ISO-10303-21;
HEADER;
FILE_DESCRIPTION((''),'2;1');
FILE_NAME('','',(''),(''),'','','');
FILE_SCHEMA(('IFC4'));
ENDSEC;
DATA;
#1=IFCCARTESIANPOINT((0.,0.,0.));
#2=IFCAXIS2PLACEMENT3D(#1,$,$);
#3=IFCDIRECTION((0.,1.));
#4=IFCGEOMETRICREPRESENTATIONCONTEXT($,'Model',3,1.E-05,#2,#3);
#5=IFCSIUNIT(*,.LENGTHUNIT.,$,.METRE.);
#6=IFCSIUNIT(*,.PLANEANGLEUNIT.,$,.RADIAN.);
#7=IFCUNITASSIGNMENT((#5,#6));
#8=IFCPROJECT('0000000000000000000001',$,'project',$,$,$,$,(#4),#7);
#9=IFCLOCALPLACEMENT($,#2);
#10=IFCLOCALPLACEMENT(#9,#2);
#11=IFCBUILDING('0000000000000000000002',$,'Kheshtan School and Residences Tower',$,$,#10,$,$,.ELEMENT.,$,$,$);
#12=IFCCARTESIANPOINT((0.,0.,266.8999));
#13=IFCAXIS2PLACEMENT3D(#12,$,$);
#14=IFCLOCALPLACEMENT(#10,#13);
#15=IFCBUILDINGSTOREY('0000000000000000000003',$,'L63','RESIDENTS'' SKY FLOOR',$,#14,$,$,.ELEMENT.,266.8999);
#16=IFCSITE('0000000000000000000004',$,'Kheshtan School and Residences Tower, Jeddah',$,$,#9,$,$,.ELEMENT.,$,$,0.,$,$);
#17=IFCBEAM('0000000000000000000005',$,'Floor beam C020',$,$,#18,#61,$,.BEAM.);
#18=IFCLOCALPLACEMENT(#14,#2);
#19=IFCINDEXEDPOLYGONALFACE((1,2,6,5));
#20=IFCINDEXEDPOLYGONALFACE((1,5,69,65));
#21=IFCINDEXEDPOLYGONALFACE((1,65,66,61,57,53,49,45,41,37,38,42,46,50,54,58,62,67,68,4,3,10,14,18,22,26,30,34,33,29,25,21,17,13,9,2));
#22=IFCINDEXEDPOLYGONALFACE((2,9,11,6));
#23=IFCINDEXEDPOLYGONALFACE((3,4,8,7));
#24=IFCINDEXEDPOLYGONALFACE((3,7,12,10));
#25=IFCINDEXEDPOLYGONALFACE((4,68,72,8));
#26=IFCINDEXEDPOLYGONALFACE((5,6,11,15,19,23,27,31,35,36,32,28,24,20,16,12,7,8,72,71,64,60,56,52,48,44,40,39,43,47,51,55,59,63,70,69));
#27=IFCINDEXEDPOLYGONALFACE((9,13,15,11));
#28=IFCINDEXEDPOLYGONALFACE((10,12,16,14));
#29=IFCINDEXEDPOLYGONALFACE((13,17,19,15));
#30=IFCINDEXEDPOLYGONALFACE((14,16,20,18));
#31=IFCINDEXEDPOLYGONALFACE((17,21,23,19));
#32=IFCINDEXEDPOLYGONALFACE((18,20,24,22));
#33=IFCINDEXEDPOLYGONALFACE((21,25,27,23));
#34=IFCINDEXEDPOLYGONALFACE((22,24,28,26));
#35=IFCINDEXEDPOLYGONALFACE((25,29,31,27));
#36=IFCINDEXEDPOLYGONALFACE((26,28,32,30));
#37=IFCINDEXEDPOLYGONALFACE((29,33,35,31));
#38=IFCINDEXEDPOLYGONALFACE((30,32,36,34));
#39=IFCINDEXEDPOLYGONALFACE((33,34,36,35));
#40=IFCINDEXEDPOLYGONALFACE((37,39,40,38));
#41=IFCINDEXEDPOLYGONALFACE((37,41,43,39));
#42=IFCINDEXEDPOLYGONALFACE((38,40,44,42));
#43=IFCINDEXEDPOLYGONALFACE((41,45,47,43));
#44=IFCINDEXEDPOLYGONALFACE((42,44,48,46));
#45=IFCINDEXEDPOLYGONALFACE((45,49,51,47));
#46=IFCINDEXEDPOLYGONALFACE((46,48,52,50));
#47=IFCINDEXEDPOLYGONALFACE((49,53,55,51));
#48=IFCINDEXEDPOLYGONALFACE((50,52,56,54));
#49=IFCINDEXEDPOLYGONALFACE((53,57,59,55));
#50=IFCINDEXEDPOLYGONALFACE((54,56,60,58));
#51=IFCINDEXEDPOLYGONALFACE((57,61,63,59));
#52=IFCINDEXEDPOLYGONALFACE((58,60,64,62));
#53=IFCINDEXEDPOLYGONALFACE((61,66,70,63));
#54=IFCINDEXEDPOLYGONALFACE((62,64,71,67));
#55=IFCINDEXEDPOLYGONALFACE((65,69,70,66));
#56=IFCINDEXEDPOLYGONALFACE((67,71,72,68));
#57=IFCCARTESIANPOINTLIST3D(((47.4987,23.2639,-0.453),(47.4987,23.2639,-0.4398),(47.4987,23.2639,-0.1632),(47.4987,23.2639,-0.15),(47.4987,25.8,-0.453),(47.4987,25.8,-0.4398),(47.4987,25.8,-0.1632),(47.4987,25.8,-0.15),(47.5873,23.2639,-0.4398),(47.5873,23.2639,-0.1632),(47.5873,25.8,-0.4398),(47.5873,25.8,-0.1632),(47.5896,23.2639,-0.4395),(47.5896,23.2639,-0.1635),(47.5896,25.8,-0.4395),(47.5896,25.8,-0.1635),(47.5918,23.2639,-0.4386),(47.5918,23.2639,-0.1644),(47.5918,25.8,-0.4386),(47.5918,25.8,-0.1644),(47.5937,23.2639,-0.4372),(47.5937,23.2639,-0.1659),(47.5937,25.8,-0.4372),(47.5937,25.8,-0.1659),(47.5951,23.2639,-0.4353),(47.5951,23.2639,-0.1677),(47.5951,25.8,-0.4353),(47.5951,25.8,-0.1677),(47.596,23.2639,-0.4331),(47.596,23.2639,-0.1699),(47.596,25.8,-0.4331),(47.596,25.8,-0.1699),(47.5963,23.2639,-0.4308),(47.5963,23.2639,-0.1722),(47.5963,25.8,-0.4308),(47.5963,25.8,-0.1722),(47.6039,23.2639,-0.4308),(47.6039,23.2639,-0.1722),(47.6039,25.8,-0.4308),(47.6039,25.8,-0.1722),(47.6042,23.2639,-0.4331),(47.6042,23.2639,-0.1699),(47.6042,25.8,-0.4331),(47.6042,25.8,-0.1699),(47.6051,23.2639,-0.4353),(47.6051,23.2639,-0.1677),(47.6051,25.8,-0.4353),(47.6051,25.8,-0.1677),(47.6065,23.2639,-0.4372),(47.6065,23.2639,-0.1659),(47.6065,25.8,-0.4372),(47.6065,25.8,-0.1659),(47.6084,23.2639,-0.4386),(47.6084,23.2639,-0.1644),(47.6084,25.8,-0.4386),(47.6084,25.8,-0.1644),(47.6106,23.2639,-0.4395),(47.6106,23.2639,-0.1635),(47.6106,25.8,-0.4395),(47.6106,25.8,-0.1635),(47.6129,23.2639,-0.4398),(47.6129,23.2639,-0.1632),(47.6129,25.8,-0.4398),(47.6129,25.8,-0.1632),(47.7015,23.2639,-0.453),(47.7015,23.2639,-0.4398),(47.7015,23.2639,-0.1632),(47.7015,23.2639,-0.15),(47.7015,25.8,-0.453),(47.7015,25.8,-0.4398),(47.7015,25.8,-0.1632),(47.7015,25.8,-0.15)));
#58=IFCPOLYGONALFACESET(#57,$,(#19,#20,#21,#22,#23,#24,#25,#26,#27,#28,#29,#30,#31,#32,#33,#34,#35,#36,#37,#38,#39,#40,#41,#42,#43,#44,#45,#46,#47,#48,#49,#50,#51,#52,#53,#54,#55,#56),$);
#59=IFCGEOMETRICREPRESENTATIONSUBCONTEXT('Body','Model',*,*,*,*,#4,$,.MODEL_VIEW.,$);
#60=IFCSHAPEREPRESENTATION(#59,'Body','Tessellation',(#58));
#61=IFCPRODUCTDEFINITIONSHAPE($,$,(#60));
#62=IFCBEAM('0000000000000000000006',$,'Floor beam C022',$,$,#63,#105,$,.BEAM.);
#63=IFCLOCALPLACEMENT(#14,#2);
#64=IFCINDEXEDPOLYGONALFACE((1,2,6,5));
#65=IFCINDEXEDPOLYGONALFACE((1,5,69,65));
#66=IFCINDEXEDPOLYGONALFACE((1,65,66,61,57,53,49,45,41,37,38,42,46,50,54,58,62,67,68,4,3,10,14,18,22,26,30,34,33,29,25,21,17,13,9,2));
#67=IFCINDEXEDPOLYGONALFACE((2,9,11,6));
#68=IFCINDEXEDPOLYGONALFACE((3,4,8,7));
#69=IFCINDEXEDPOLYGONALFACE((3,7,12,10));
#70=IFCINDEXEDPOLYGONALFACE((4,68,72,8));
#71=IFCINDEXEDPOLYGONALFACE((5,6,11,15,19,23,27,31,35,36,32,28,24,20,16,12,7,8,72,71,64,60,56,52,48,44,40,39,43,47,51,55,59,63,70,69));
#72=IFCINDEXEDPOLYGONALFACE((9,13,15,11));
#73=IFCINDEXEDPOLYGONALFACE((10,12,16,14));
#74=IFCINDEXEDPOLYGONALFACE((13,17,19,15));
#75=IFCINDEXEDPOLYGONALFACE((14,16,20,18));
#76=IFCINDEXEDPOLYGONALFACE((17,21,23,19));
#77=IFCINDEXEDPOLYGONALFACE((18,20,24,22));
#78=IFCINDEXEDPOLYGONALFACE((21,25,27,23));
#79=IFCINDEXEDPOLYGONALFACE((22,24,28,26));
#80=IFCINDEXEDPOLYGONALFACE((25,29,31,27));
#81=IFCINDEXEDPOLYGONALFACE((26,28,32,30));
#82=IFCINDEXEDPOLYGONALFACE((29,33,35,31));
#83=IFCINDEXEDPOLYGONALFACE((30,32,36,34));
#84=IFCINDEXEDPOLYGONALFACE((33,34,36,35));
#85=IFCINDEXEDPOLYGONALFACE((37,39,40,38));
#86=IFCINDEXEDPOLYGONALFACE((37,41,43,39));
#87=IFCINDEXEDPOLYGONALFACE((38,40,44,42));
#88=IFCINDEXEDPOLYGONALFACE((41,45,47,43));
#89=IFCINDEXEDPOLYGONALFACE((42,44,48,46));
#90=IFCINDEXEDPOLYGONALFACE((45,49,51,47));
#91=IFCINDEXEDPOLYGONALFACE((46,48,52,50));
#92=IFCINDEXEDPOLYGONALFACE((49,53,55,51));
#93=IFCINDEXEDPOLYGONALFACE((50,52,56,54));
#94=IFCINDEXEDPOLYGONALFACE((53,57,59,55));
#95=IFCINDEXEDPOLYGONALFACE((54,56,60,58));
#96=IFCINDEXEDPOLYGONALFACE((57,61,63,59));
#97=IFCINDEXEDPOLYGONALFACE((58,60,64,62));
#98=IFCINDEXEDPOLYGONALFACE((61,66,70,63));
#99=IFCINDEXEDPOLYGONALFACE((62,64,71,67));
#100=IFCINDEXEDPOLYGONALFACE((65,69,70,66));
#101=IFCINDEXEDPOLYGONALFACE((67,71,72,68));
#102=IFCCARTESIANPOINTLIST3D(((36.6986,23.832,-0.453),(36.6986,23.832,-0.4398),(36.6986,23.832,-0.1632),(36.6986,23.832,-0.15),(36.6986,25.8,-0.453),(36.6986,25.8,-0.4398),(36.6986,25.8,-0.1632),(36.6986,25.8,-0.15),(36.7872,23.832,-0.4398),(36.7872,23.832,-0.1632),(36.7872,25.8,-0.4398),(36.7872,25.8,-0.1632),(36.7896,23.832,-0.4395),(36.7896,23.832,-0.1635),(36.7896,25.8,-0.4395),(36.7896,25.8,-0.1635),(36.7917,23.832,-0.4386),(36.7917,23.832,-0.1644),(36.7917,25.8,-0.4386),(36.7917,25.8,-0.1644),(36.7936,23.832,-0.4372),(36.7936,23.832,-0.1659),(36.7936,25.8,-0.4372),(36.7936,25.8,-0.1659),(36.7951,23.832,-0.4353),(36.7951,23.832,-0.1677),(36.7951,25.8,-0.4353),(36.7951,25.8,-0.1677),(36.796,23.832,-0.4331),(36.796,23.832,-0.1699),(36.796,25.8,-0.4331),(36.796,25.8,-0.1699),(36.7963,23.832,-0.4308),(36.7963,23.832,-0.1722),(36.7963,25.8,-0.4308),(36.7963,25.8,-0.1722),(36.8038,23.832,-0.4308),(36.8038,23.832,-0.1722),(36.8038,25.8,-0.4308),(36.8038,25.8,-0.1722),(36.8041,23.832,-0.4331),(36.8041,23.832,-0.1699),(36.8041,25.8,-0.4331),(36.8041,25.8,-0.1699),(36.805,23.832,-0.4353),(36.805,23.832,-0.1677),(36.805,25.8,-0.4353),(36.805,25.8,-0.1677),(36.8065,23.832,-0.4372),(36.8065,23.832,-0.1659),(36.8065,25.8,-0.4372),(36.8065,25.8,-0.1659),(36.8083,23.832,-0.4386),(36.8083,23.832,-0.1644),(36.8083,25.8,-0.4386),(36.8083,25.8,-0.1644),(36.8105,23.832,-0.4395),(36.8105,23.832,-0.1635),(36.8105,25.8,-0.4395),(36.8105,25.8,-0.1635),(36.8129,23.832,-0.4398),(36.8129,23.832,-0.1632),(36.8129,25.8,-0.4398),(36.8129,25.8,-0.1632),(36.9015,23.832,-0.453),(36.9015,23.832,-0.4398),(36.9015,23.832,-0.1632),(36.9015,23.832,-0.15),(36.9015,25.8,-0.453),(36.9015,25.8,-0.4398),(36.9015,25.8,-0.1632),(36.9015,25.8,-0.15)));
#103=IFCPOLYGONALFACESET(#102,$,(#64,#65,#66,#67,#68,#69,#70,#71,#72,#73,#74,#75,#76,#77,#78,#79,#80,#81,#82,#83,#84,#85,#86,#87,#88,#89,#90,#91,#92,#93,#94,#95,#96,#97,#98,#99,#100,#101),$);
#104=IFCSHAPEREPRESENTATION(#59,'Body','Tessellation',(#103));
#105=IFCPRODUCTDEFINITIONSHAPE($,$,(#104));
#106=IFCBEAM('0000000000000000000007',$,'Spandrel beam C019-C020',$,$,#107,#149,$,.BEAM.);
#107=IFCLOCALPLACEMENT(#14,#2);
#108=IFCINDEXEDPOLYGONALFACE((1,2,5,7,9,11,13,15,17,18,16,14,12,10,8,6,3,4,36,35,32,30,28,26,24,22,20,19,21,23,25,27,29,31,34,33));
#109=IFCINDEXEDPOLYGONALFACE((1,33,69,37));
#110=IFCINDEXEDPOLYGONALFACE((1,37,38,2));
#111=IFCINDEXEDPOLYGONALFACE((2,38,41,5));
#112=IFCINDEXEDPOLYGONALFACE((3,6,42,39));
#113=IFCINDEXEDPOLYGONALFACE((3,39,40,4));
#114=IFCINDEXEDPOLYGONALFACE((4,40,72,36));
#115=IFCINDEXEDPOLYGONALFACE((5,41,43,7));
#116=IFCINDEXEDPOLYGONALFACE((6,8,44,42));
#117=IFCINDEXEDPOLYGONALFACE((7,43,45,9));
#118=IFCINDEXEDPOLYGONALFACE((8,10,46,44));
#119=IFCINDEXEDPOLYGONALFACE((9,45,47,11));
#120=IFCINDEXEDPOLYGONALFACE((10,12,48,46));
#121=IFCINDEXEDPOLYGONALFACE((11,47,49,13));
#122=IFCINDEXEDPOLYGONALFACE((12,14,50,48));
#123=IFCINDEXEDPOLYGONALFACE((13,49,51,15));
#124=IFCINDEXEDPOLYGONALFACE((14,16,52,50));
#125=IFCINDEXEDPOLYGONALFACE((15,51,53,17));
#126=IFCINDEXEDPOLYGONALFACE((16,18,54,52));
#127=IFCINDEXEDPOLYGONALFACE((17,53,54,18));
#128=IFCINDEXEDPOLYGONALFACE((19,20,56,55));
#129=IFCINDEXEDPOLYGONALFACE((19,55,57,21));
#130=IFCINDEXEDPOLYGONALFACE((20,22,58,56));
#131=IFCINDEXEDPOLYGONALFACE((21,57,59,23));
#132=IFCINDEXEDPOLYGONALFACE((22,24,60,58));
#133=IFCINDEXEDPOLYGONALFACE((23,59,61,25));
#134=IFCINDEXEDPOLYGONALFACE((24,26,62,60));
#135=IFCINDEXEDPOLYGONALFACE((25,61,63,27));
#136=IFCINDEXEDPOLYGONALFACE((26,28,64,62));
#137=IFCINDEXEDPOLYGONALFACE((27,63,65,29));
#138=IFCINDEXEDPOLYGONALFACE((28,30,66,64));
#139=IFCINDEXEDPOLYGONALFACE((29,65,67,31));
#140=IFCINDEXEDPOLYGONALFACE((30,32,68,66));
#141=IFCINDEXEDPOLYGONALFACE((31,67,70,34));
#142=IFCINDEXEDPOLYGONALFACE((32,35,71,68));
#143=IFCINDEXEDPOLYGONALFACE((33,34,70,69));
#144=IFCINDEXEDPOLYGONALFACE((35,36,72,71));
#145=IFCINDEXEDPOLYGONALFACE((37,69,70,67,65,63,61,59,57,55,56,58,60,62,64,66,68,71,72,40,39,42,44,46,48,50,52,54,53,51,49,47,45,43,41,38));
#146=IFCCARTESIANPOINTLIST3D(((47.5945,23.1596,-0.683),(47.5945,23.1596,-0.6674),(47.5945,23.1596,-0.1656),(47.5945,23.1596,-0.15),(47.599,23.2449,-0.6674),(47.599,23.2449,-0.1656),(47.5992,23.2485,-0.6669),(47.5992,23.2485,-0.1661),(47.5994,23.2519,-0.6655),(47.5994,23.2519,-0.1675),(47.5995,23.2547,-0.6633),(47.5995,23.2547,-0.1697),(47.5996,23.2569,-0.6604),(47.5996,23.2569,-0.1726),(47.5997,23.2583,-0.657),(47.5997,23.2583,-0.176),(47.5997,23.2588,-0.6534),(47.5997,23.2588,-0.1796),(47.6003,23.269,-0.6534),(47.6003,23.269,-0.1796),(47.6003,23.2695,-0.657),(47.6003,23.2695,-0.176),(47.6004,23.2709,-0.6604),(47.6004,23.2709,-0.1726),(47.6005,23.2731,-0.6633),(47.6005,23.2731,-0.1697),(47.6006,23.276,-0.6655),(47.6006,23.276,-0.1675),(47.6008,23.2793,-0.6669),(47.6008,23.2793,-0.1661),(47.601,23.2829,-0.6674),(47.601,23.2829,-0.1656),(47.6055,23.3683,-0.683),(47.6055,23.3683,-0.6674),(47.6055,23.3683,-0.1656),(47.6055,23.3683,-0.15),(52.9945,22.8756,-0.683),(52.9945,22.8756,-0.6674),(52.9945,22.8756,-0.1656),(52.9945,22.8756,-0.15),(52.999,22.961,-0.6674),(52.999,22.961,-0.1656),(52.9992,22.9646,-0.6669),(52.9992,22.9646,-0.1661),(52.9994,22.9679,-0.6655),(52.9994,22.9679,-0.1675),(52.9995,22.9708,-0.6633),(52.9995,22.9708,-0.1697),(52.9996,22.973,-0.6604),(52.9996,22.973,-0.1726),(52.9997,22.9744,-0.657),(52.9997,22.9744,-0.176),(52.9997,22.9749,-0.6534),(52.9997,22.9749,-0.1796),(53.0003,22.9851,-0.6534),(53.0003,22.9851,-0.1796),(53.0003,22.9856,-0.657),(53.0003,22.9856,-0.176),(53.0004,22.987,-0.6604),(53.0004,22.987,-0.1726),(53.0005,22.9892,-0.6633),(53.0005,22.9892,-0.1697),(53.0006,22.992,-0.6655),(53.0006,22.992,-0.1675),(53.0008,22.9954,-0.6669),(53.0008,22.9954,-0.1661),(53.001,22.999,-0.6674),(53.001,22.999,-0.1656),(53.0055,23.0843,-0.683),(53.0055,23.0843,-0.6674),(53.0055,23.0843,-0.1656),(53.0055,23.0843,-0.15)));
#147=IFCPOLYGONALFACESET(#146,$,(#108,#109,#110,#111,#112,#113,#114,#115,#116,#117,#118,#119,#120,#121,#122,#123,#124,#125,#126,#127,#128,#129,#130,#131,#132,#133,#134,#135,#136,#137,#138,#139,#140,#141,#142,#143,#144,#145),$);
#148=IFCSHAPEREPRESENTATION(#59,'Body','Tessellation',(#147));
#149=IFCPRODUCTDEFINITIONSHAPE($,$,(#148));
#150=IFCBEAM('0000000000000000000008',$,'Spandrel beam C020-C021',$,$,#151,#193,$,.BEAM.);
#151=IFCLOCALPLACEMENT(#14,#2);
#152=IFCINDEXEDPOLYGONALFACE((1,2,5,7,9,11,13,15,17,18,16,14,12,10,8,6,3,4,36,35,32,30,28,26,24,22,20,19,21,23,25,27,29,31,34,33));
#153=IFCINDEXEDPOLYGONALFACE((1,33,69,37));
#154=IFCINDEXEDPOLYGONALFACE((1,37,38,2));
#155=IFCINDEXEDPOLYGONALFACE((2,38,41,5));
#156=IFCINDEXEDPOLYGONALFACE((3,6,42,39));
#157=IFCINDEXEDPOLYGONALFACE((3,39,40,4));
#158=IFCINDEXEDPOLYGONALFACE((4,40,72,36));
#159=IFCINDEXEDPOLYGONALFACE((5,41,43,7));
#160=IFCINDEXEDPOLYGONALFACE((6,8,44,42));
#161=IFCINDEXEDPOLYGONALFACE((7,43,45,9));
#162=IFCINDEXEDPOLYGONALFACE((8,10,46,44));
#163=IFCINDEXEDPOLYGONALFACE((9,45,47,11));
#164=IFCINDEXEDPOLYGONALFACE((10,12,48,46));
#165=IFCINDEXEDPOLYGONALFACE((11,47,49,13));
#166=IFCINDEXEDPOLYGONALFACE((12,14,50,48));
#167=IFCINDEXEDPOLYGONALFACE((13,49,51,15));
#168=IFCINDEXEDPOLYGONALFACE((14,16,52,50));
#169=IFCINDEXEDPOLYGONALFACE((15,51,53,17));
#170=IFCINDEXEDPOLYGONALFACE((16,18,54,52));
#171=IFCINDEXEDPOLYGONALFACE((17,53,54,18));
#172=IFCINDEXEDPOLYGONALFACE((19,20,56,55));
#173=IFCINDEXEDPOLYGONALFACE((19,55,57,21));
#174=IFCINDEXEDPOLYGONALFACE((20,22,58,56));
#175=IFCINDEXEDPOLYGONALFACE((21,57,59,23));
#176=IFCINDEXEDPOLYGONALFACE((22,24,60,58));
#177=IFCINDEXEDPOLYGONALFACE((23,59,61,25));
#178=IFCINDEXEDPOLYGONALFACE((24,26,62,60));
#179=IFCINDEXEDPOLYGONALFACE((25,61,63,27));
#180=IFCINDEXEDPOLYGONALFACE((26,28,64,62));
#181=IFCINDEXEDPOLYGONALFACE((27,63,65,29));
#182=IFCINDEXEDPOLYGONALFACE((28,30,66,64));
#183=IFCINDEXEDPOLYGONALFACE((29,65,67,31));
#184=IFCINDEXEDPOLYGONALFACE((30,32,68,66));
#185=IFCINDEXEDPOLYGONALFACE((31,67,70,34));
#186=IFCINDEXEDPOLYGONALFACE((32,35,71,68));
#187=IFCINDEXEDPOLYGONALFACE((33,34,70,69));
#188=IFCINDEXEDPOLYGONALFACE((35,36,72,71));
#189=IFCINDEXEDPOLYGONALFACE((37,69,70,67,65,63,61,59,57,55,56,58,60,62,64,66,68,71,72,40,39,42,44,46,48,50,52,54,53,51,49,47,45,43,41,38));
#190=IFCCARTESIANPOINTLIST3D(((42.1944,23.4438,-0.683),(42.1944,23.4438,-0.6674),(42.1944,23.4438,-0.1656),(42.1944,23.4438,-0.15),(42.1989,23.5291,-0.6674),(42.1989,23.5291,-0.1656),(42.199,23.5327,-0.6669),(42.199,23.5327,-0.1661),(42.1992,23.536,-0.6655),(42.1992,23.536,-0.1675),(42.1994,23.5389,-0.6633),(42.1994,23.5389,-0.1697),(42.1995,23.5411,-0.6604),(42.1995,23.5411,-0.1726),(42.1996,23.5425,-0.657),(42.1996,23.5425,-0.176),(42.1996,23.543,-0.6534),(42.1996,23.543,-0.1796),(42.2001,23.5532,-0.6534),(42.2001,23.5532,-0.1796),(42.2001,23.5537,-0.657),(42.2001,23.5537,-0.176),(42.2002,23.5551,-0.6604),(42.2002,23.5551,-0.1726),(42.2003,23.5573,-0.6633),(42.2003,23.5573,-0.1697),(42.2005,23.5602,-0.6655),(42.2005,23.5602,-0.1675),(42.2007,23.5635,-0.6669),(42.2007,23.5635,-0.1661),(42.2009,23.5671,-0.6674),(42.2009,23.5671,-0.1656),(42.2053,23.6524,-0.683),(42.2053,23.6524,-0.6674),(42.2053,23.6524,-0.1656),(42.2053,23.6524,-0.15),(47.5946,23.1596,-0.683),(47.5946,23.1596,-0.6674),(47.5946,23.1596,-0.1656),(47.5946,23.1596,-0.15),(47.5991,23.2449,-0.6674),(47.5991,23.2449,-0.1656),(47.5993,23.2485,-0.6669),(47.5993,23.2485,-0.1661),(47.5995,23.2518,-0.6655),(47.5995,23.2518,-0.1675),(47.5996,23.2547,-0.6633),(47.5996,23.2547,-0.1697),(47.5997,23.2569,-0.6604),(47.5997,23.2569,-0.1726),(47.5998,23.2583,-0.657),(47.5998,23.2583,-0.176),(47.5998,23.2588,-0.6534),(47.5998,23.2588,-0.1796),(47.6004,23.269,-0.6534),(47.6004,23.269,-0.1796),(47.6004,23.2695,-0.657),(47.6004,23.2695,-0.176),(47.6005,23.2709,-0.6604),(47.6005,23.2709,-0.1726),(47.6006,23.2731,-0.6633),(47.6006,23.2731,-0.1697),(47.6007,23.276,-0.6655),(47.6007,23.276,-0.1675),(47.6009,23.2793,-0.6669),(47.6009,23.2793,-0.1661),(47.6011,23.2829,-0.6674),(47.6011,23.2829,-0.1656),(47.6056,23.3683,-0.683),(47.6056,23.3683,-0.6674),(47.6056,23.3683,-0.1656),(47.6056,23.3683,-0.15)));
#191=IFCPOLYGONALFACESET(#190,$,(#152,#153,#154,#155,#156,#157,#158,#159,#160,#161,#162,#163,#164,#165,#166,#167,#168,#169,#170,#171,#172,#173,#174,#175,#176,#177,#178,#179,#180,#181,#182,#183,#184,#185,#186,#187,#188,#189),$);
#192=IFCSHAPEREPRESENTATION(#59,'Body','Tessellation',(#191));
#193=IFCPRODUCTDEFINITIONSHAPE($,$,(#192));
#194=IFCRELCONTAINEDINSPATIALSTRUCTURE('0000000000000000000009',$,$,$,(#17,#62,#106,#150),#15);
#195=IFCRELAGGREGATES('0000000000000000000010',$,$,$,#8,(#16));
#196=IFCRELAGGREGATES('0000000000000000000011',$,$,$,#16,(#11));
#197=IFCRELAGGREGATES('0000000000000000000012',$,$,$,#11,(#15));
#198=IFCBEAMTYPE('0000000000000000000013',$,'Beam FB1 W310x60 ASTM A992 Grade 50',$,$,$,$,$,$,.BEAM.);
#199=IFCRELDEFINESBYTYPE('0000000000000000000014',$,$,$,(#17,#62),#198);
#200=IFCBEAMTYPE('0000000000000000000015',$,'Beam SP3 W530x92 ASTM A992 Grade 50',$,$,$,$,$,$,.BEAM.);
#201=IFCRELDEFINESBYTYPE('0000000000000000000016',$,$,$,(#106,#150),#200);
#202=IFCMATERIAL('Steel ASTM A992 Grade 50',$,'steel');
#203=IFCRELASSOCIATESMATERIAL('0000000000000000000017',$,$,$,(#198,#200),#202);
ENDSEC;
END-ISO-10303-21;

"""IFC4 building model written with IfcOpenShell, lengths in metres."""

from ifc_helpers import new_model, si_unit, direction, frame, origin, origin_2d, place, context, subcontext, project, spatial, i_section, extrude, material, material_profile, profile_set, type_object, element, save


model = new_model("IFC4")

# Units and contexts
model_context = context("Model", 3, precision=1e-05, world=origin(), true_north=direction((0.0, 1.0)))
body_context = subcontext(model_context, "Body", "Model", "MODEL_VIEW")
ifc_project = project(units=[si_unit("LENGTHUNIT", "METRE"), si_unit("PLANEANGLEUNIT", "RADIAN")], contexts=[model_context])

# Site, building, storey
site_placement = place(None, origin())
site = spatial("IfcSite", under=ifc_project, at=site_placement, Name="Kheshtan School and Residences Tower, Jeddah", CompositionType="ELEMENT", RefElevation=0.0)
building_placement = place(site_placement, origin())
building = spatial("IfcBuilding", under=site, at=building_placement, Name="Kheshtan School and Residences Tower", CompositionType="ELEMENT")
storey_placement = place(building_placement, frame((0.0, 0.0, 266.8999)))
storey = spatial("IfcBuildingStorey", under=building, at=storey_placement, Name="L63", Description="RESIDENTS' SKY FLOOR", CompositionType="ELEMENT", Elevation=266.8999)

# Shared definitions
ifc_material_1 = material(Name="Steel ASTM A992 Grade 50", Category="steel")

# Beams
ifc_material_profile_1 = material_profile(ifc_material_1, i_section(OverallWidth=0.2029, OverallDepth=0.303, WebThickness=0.0076, FlangeThickness=0.0132, FilletRadius=0.009, at=origin_2d()), Name="W310x60")
ifc_profile_set_1 = profile_set([ifc_material_profile_1], Name="Steel ASTM A992 Grade 50")
beam_type_1 = type_object("IfcBeamType", Name="Beam FB1 W310x60 ASTM A992 Grade 50", PredefinedType="BEAM", material=ifc_profile_set_1)
beam_1_placement = place(storey_placement, frame((47.6001, 23.2639, -0.3015), z_axis=(0.0, 1.0, 0.0), x_axis=(-1.0, 0.0, 0.0)))
element("IfcBeam", 1, at=beam_1_placement, inside=storey, type_object=beam_type_1, Name="Floor beam C020", PredefinedType="BEAM", context=body_context, shape_type="SweptSolid", body=[
    extrude(i_section(OverallWidth=0.2029, OverallDepth=0.303, WebThickness=0.0076, FlangeThickness=0.0132, FilletRadius=0.009, at=origin_2d()), origin(), (0.0, 0.0, 1.0), 2.5361),
])
beam_2_placement = place(storey_placement, frame((36.8, 23.832, -0.3015), z_axis=(0.0, 1.0, 0.0), x_axis=(-1.0, 0.0, 0.0)))
element("IfcBeam", 2, at=beam_2_placement, inside=storey, type_object=beam_type_1, Name="Floor beam C022", PredefinedType="BEAM", context=body_context, shape_type="SweptSolid", body=[
    extrude(i_section(OverallWidth=0.2029, OverallDepth=0.303, WebThickness=0.0076, FlangeThickness=0.0132, FilletRadius=0.009, at=origin_2d()), origin(), (0.0, 0.0, 1.0), 1.968),
])
ifc_material_profile_2 = material_profile(ifc_material_1, i_section(OverallWidth=0.209, OverallDepth=0.533, WebThickness=0.0103, FlangeThickness=0.0156, FilletRadius=0.0139, at=origin_2d()), Name="W530x92")
ifc_profile_set_2 = profile_set([ifc_material_profile_2], Name="Steel ASTM A992 Grade 50")
beam_type_2 = type_object("IfcBeamType", Name="Beam SP3 W530x92 ASTM A992 Grade 50", PredefinedType="BEAM", material=ifc_profile_set_2)
beam_3_placement = place(storey_placement, frame((53.0, 22.98, -0.4165), z_axis=(-0.99862, 0.052509, 0.0), x_axis=(-0.052509, -0.99862, 0.0)))
element("IfcBeam", 3, at=beam_3_placement, inside=storey, type_object=beam_type_2, Name="Spandrel beam C019-C020", PredefinedType="BEAM", context=body_context, shape_type="SweptSolid", body=[
    extrude(i_section(OverallWidth=0.209, OverallDepth=0.533, WebThickness=0.0103, FlangeThickness=0.0156, FilletRadius=0.0139, at=origin_2d()), origin(), (0.0, 0.0, 1.0), 5.4075),
])
beam_4_placement = place(storey_placement, frame((47.6001, 23.2639, -0.4165), z_axis=(-0.998618, 0.052552, 0.0), x_axis=(-0.052552, -0.998618, 0.0)))
element("IfcBeam", 4, at=beam_4_placement, inside=storey, type_object=beam_type_2, Name="Spandrel beam C020-C021", PredefinedType="BEAM", context=body_context, shape_type="SweptSolid", body=[
    extrude(i_section(OverallWidth=0.209, OverallDepth=0.533, WebThickness=0.0103, FlangeThickness=0.0156, FilletRadius=0.0139, at=origin_2d()), origin(), (0.0, 0.0, 1.0), 5.4077),
])

save(model, "model.ifc")
